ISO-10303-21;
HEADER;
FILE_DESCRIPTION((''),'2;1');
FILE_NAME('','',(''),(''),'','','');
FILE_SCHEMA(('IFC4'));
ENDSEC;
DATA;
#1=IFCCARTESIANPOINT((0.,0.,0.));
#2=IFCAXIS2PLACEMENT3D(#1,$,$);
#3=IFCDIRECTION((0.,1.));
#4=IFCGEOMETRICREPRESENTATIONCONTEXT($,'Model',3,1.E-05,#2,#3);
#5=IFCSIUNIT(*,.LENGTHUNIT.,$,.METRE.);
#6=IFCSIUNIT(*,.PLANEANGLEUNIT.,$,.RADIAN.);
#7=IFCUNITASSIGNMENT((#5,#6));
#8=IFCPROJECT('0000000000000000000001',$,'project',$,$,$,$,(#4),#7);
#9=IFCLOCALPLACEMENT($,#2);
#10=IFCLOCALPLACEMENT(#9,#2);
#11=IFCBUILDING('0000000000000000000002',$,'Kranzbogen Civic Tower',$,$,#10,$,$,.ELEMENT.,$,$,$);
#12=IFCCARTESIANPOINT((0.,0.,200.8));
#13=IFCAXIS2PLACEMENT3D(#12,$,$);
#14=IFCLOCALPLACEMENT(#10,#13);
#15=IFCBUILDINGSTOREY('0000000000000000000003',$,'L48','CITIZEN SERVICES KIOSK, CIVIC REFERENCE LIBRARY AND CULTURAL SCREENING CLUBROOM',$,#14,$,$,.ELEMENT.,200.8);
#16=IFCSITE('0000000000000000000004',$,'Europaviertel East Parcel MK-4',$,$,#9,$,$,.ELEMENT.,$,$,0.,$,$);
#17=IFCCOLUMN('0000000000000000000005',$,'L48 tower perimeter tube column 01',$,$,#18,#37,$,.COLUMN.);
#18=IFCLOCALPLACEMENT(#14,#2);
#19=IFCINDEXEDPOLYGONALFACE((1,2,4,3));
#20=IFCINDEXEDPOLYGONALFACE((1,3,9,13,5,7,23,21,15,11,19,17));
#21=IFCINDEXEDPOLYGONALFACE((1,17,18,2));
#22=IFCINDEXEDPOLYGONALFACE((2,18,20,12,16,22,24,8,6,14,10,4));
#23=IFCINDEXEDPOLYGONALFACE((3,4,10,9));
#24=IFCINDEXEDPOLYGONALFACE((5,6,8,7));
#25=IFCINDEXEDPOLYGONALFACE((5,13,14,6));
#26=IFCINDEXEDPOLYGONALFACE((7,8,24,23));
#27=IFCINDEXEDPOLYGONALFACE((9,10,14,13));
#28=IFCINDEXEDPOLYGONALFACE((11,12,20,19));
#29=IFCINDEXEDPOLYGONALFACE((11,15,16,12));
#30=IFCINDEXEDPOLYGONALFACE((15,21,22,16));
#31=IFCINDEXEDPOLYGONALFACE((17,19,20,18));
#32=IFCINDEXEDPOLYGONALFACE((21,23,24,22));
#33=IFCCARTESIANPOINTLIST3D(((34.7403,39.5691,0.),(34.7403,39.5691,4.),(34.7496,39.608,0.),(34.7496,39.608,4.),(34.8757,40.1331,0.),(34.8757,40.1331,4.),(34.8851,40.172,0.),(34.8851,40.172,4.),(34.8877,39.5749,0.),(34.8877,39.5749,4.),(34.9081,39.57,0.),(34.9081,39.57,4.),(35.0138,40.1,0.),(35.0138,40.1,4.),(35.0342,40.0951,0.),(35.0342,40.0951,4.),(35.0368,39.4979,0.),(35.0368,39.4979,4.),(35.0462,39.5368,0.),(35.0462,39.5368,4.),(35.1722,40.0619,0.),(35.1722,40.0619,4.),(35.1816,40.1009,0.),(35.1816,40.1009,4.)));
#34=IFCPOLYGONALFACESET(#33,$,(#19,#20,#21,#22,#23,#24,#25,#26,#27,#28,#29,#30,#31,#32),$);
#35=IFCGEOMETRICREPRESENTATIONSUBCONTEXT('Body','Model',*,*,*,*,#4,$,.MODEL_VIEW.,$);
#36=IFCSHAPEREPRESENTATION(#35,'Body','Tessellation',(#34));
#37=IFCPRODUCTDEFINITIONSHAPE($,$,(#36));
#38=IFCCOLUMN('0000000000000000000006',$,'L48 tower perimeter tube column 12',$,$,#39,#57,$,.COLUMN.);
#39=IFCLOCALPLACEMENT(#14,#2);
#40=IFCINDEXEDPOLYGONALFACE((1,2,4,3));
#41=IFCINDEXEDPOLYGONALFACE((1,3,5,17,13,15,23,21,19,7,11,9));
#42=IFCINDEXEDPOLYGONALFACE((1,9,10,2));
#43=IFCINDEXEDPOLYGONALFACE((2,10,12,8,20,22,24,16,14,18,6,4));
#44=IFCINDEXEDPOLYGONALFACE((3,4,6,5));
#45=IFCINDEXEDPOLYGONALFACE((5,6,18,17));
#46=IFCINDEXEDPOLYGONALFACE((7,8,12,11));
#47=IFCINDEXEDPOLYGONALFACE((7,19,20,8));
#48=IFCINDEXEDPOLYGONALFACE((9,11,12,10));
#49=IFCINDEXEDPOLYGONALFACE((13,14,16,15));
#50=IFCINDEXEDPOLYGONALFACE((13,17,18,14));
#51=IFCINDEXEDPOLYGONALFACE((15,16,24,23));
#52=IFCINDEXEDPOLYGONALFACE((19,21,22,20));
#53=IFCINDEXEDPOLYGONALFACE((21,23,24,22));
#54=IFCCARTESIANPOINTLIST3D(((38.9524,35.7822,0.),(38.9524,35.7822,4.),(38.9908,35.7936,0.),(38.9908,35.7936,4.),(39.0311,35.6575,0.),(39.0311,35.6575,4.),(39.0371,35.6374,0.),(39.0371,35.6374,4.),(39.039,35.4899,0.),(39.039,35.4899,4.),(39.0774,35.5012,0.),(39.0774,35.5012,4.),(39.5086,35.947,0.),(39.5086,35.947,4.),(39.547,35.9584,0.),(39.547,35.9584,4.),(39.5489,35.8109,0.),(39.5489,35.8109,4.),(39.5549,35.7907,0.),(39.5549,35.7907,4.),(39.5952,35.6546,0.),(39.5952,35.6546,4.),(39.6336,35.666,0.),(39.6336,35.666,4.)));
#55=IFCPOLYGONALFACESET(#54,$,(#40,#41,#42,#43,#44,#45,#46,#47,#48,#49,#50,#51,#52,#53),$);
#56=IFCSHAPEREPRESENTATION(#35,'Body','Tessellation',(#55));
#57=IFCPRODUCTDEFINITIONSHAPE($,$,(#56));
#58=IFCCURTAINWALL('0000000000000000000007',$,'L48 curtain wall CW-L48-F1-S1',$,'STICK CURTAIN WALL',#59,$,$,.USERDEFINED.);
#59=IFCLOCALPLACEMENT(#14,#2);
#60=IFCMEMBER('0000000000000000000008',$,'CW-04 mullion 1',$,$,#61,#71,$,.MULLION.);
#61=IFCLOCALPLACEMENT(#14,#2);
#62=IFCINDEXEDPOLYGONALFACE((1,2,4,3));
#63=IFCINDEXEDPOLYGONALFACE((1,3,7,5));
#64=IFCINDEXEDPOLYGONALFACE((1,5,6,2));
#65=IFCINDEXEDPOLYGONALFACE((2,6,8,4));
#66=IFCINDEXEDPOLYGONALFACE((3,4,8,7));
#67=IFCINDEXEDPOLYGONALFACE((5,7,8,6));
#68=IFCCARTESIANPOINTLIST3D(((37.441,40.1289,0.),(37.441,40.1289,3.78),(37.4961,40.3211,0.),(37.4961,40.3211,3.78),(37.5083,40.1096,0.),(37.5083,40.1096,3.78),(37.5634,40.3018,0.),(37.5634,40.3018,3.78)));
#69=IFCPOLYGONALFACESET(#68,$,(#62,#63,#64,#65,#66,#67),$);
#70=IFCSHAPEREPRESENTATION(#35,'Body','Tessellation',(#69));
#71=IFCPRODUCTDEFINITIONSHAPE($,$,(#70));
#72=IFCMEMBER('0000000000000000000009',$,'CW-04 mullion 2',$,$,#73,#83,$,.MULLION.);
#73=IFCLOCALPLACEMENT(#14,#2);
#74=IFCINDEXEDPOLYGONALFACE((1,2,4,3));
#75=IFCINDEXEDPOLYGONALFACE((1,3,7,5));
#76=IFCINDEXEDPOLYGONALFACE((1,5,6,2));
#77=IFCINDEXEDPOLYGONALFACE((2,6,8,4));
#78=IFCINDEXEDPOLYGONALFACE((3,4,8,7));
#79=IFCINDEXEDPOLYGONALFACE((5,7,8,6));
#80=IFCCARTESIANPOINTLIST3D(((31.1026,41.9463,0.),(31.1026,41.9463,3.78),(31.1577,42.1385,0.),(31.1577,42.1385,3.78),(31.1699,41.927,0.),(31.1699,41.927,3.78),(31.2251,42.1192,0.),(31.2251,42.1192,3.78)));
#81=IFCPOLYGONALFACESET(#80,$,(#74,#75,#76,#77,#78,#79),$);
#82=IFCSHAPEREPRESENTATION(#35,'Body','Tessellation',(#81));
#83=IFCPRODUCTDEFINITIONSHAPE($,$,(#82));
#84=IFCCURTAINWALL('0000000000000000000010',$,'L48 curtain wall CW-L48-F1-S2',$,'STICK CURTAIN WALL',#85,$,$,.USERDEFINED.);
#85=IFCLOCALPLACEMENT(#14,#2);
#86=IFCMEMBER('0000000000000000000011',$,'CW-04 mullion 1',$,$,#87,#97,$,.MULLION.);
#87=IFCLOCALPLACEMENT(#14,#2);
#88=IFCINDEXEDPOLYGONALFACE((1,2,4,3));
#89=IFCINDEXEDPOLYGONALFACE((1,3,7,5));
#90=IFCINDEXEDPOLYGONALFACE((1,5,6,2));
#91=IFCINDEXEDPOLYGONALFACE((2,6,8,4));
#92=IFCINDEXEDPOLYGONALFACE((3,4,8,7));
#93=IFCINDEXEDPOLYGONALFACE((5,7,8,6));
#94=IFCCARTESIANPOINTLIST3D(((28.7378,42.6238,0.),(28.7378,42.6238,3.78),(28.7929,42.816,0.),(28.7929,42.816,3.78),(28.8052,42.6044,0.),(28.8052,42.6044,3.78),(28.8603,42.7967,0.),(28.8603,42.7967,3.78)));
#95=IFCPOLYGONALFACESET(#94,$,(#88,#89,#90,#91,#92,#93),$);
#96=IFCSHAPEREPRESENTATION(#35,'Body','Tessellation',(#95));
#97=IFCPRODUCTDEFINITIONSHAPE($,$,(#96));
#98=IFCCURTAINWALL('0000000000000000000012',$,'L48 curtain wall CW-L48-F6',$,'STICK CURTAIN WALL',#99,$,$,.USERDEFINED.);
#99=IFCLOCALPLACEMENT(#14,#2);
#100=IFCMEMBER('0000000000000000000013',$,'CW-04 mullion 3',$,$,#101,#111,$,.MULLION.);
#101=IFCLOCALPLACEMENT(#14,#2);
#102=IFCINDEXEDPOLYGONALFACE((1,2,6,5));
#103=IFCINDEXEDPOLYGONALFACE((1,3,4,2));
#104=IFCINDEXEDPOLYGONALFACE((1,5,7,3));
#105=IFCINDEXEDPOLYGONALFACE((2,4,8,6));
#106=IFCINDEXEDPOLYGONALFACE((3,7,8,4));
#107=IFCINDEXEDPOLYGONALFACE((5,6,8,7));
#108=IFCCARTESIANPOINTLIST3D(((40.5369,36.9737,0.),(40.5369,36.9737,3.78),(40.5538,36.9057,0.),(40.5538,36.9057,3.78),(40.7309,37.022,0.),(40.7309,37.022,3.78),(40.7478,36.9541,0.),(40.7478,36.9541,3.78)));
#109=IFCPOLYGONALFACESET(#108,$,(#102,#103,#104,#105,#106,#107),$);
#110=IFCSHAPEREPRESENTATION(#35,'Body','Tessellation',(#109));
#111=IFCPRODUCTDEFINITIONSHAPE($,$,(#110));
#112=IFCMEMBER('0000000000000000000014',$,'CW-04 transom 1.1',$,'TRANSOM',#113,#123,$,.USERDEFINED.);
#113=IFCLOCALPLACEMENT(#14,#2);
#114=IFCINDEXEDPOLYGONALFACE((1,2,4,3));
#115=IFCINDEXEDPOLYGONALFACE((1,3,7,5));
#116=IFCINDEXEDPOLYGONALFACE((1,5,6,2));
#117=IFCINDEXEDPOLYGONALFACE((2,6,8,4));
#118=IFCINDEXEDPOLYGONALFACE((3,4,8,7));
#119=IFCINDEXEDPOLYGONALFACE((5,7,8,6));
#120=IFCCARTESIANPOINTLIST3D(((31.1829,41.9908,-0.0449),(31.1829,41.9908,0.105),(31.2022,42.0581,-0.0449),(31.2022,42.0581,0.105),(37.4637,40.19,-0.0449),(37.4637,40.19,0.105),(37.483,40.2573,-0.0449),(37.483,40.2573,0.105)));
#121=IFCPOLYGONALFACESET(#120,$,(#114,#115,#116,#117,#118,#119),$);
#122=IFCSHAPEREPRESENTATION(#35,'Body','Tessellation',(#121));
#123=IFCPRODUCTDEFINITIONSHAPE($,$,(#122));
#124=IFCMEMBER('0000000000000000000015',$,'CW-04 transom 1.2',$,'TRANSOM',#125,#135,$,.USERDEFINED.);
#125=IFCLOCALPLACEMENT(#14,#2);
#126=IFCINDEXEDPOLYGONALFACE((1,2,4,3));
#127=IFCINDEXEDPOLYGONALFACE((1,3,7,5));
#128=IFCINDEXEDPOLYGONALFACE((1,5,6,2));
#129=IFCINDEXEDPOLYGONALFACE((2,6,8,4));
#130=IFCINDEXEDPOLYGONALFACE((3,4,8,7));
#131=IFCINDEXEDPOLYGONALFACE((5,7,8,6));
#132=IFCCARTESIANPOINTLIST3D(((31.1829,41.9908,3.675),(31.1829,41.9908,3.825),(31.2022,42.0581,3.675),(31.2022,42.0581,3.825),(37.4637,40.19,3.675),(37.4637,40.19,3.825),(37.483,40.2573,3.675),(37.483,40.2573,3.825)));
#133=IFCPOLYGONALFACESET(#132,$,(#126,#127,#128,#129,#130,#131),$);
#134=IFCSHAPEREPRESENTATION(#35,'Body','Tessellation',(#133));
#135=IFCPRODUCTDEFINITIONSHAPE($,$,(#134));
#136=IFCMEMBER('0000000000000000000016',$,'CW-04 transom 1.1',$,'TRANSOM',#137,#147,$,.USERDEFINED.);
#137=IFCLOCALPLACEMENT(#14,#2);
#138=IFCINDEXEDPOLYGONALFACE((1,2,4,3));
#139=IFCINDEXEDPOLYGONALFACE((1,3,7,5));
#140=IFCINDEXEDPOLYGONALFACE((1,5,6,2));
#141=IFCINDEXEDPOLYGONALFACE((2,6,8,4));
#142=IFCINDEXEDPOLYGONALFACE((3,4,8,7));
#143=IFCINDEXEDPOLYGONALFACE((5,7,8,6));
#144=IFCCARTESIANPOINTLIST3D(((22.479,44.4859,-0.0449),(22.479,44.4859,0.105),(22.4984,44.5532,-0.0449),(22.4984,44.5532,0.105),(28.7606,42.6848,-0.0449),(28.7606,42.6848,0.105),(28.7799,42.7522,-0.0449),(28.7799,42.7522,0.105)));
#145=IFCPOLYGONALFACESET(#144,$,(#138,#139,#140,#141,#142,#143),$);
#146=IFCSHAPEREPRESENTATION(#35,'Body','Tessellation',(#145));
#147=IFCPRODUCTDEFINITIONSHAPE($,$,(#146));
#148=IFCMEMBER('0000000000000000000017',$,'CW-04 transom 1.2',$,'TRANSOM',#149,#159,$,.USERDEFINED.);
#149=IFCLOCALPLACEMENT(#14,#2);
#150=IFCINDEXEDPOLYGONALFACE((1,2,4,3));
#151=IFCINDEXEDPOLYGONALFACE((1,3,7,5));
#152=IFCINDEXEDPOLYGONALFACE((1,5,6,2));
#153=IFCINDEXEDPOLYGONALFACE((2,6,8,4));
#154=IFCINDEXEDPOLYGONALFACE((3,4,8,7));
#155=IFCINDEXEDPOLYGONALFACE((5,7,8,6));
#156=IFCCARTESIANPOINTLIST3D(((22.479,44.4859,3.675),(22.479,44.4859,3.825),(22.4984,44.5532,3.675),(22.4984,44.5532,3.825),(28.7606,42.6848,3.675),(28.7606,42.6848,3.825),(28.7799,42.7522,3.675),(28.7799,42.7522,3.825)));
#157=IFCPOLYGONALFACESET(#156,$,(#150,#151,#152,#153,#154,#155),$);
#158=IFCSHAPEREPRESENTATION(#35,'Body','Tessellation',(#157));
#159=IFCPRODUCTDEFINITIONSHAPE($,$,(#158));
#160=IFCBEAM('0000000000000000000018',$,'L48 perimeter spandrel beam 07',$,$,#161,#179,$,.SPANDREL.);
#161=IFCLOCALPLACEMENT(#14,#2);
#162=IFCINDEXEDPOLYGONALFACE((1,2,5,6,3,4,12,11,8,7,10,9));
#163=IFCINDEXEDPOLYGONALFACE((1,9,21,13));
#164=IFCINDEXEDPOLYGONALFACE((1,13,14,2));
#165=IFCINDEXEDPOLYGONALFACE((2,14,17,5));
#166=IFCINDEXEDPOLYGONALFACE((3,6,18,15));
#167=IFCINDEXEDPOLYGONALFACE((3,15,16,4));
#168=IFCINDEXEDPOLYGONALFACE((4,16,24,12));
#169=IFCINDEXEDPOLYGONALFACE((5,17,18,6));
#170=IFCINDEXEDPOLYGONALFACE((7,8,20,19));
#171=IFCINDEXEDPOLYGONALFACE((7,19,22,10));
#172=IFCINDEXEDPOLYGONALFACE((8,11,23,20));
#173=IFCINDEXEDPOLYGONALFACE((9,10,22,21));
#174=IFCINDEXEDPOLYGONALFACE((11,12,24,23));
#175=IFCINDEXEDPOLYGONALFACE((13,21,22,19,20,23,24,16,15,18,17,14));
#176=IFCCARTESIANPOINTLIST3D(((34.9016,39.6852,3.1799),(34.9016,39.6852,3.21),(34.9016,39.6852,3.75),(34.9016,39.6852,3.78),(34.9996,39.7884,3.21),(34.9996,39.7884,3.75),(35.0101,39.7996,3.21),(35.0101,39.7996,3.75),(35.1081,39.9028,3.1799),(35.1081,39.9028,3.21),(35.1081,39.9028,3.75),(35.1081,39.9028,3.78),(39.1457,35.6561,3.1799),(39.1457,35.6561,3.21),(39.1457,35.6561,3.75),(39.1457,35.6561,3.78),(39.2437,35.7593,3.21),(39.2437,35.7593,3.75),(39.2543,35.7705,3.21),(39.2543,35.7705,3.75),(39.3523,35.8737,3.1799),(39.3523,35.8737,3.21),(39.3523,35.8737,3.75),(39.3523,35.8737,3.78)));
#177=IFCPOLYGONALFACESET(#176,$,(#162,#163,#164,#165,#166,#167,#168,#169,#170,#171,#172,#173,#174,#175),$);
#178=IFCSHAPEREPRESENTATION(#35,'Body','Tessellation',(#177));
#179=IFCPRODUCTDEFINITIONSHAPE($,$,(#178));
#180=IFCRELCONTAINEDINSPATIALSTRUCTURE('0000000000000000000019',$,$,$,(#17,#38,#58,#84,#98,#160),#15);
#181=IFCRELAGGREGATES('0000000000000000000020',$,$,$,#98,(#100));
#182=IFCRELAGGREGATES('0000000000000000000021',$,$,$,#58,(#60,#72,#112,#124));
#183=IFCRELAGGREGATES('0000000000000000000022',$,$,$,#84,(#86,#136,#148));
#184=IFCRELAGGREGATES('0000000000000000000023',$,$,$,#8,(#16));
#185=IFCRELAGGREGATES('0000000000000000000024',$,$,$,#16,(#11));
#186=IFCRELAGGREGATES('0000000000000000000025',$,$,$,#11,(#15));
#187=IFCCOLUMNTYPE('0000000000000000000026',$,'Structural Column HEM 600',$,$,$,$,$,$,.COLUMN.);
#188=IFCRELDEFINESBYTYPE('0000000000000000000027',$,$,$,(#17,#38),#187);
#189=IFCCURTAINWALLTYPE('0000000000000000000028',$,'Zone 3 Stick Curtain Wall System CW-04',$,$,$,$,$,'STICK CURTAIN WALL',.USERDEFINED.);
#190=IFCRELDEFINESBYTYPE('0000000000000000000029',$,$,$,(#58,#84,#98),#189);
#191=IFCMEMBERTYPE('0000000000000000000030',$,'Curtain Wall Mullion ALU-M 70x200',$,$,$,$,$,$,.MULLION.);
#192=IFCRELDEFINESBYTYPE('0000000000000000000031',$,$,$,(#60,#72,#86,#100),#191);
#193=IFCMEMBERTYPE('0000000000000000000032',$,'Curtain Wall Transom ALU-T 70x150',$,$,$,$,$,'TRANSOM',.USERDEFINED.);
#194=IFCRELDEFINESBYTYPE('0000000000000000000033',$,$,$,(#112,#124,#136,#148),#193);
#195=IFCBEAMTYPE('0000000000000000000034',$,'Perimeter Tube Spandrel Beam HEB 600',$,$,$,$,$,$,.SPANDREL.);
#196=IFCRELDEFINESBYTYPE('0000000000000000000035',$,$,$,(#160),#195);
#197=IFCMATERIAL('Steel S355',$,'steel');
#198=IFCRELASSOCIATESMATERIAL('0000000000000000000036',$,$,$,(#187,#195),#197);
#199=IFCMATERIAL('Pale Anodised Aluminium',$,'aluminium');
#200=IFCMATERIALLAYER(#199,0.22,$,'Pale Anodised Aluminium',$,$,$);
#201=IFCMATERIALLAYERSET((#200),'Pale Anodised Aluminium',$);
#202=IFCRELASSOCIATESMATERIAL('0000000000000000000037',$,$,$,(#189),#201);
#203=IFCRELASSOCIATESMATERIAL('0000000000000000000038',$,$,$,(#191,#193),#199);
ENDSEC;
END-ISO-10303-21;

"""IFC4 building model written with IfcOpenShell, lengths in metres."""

from ifc_helpers import new_model, si_unit, direction, frame, origin, origin_2d, place, context, subcontext, project, spatial, rectangle, i_section, extrude, material, layer, layer_set, material_profile, profile_set, type_object, element, aggregate, save


model = new_model("IFC4")

# Units and contexts
model_context = context("Model", 3, precision=1e-05, world=origin(), true_north=direction((0.0, 1.0)))
body_context = subcontext(model_context, "Body", "Model", "MODEL_VIEW")
ifc_project = project(units=[si_unit("LENGTHUNIT", "METRE"), si_unit("PLANEANGLEUNIT", "RADIAN")], contexts=[model_context])

# Site, building, storey
site_placement = place(None, origin())
site = spatial("IfcSite", under=ifc_project, at=site_placement, Name="Europaviertel East Parcel MK-4", CompositionType="ELEMENT", RefElevation=0.0)
building_placement = place(site_placement, origin())
building = spatial("IfcBuilding", under=site, at=building_placement, Name="Kranzbogen Civic Tower", CompositionType="ELEMENT")
storey_placement = place(building_placement, frame((0.0, 0.0, 200.8)))
storey = spatial("IfcBuildingStorey", under=building, at=storey_placement, Name="L48", Description="CITIZEN SERVICES KIOSK, CIVIC REFERENCE LIBRARY AND CULTURAL SCREENING CLUBROOM", CompositionType="ELEMENT", Elevation=200.8)

# Columns
ifc_material_1 = material(Name="Steel S355", Category="steel")
ifc_material_profile_1 = material_profile(ifc_material_1, i_section(OverallWidth=0.3049, OverallDepth=0.6201, WebThickness=0.021, FlangeThickness=0.04, at=origin_2d()), Name="HEM 600")
ifc_profile_set_1 = profile_set([ifc_material_profile_1], Name="Steel S355")
column_type = type_object("IfcColumnType", Name="Structural Column HEM 600", PredefinedType="COLUMN", material=ifc_profile_set_1)
for number, where, z_axis, x_axis, name in (
    (1, (34.9609, 39.835, 0.0), (0.0, 0.0, 1.0), (-0.97237, 0.233445, 0.0), "L48 tower perimeter tube column 01"),
    (2, (39.293, 35.7241, 0.0), (0.0, 0.0, 1.0), (-0.284015, 0.95882, 0.0), "L48 tower perimeter tube column 12"),
):
    element("IfcColumn", number, at=place(storey_placement, frame(where, z_axis=z_axis, x_axis=x_axis)), inside=storey, type_object=column_type, Name=name, PredefinedType="COLUMN", context=body_context, shape_type="SweptSolid", body=[
        extrude(i_section(OverallWidth=0.3049, OverallDepth=0.6201, WebThickness=0.021, FlangeThickness=0.04, at=origin_2d()), origin(), (0.0, 0.0, 1.0), 4.0),
    ])

# Curtain wall, members
ifc_material_2 = material(Name="Pale Anodised Aluminium", Category="aluminium")
ifc_layer_1 = layer(ifc_material_2, 0.22, Name="Pale Anodised Aluminium")
ifc_layer_set_1 = layer_set([ifc_layer_1], Name="Pale Anodised Aluminium")
curtain_wall_type = type_object("IfcCurtainWallType", Name="Zone 3 Stick Curtain Wall System CW-04", ElementType="STICK CURTAIN WALL", PredefinedType="USERDEFINED", material=ifc_layer_set_1)
curtain_wall_1_placement = place(storey_placement, origin())
curtain_wall_1 = element("IfcCurtainWall", 3, at=curtain_wall_1_placement, inside=storey, type_object=curtain_wall_type, Name="L48 curtain wall CW-L48-F1-S1", ObjectType="STICK CURTAIN WALL", PredefinedType="USERDEFINED")
ifc_material_profile_2 = material_profile(ifc_material_2, rectangle(XDim=0.0701, YDim=0.2, at=origin_2d()), Name="ALU-M 70x200")
ifc_profile_set_2 = profile_set([ifc_material_profile_2], Name="Pale Anodised Aluminium")
member_type_1 = type_object("IfcMemberType", Name="Curtain Wall Mullion ALU-M 70x200", PredefinedType="MULLION", material=ifc_profile_set_2)
member_1_placement = place(storey_placement, frame((37.5022, 40.2153, 0.0), z_axis=(0.0, 0.0, 1.0), x_axis=(-0.961263, 0.275634, 0.0)))
member_1 = element("IfcMember", 4, at=member_1_placement, type_object=member_type_1, Name="CW-04 mullion 1", PredefinedType="MULLION", context=body_context, shape_type="SweptSolid", body=[
    extrude(rectangle(XDim=0.0701, YDim=0.2, at=origin_2d()), origin(), (0.0, 0.0, 1.0), 3.78),
])
member_2_placement = place(storey_placement, frame((31.1638, 42.0327, 0.0), z_axis=(0.0, 0.0, 1.0), x_axis=(-0.961263, 0.275634, 0.0)))
member_2 = element("IfcMember", 5, at=member_2_placement, type_object=member_type_1, Name="CW-04 mullion 2", PredefinedType="MULLION", context=body_context, shape_type="SweptSolid", body=[
    extrude(rectangle(XDim=0.0701, YDim=0.2, at=origin_2d()), origin(), (0.0, 0.0, 1.0), 3.78),
])

# Curtain walls, members
curtain_wall_2_placement = place(storey_placement, origin())
curtain_wall_2 = element("IfcCurtainWall", 6, at=curtain_wall_2_placement, inside=storey, type_object=curtain_wall_type, Name="L48 curtain wall CW-L48-F1-S2", ObjectType="STICK CURTAIN WALL", PredefinedType="USERDEFINED")
member_3_placement = place(storey_placement, frame((28.7991, 42.7102, 0.0), z_axis=(0.0, 0.0, 1.0), x_axis=(-0.961274, 0.275594, 0.0)))
member_3 = element("IfcMember", 7, at=member_3_placement, type_object=member_type_1, Name="CW-04 mullion 1", PredefinedType="MULLION", context=body_context, shape_type="SweptSolid", body=[
    extrude(rectangle(XDim=0.0701, YDim=0.2, at=origin_2d()), origin(), (0.0, 0.0, 1.0), 3.78),
])
curtain_wall_3_placement = place(storey_placement, origin())
curtain_wall_3 = element("IfcCurtainWall", 8, at=curtain_wall_3_placement, inside=storey, type_object=curtain_wall_type, Name="L48 curtain wall CW-L48-F6", ObjectType="STICK CURTAIN WALL", PredefinedType="USERDEFINED")
member_4_placement = place(storey_placement, frame((40.6423, 36.9639, 0.0), z_axis=(0.0, 0.0, 1.0), x_axis=(-0.241906, 0.9703, 0.0)))
member_4 = element("IfcMember", 9, at=member_4_placement, type_object=member_type_1, Name="CW-04 mullion 3", PredefinedType="MULLION", context=body_context, shape_type="SweptSolid", body=[
    extrude(rectangle(XDim=0.0701, YDim=0.2, at=origin_2d()), origin(), (0.0, 0.0, 1.0), 3.78),
])
aggregate(curtain_wall_3, [member_4])

# Members
ifc_material_profile_3 = material_profile(ifc_material_2, rectangle(XDim=0.0701, YDim=0.1499, at=origin_2d()), Name="ALU-T 70x150")
ifc_profile_set_3 = profile_set([ifc_material_profile_3], Name="Pale Anodised Aluminium")
member_type_2 = type_object("IfcMemberType", Name="Curtain Wall Transom ALU-T 70x150", ElementType="TRANSOM", PredefinedType="USERDEFINED", material=ifc_profile_set_3)
member_5_placement = place(storey_placement, frame((37.4734, 40.2236, 0.03), z_axis=(-0.96127, 0.275609, 0.0), x_axis=(-0.275609, -0.96127, 0.0)))
member_5 = element("IfcMember", 10, at=member_5_placement, type_object=member_type_2, Name="CW-04 transom 1.1", ObjectType="TRANSOM", PredefinedType="USERDEFINED", context=body_context, shape_type="SweptSolid", body=[
    extrude(rectangle(XDim=0.0701, YDim=0.1499, at=origin_2d()), origin(), (0.0, 0.0, 1.0), 6.5339),
])
member_6_placement = place(storey_placement, frame((37.4734, 40.2236, 3.75), z_axis=(-0.96127, 0.275609, 0.0), x_axis=(-0.275609, -0.96127, 0.0)))
member_6 = element("IfcMember", 11, at=member_6_placement, type_object=member_type_2, Name="CW-04 transom 1.2", ObjectType="TRANSOM", PredefinedType="USERDEFINED", context=body_context, shape_type="SweptSolid", body=[
    extrude(rectangle(XDim=0.0701, YDim=0.1499, at=origin_2d()), origin(), (0.0, 0.0, 1.0), 6.5339),
])
member_7_placement = place(storey_placement, frame((28.7703, 42.7185, 0.03), z_axis=(-0.961268, 0.275614, 0.0), x_axis=(-0.275614, -0.961268, 0.0)))
member_7 = element("IfcMember", 12, at=member_7_placement, type_object=member_type_2, Name="CW-04 transom 1.1", ObjectType="TRANSOM", PredefinedType="USERDEFINED", context=body_context, shape_type="SweptSolid", body=[
    extrude(rectangle(XDim=0.0701, YDim=0.1499, at=origin_2d()), origin(), (0.0, 0.0, 1.0), 6.5347),
])
member_8_placement = place(storey_placement, frame((28.7703, 42.7185, 3.75), z_axis=(-0.961268, 0.275614, 0.0), x_axis=(-0.275614, -0.961268, 0.0)))
member_8 = element("IfcMember", 13, at=member_8_placement, type_object=member_type_2, Name="CW-04 transom 1.2", ObjectType="TRANSOM", PredefinedType="USERDEFINED", context=body_context, shape_type="SweptSolid", body=[
    extrude(rectangle(XDim=0.0701, YDim=0.1499, at=origin_2d()), origin(), (0.0, 0.0, 1.0), 6.5347),
])

# Beam
ifc_material_profile_4 = material_profile(ifc_material_1, i_section(OverallWidth=0.3, OverallDepth=0.6001, WebThickness=0.0154, FlangeThickness=0.03, at=origin_2d()), Name="HEB 600")
ifc_profile_set_4 = profile_set([ifc_material_profile_4], Name="Steel S355")
beam_type_1 = type_object("IfcBeamType", Name="Perimeter Tube Spandrel Beam HEB 600", PredefinedType="SPANDREL", material=ifc_profile_set_4)
beam_1_placement = place(storey_placement, frame((39.249, 35.7649, 3.48), z_axis=(-0.725245, 0.688491, 0.0), x_axis=(-0.688491, -0.725245, 0.0)))
element("IfcBeam", 14, at=beam_1_placement, inside=storey, type_object=beam_type_1, Name="L48 perimeter spandrel beam 07", PredefinedType="SPANDREL", context=body_context, shape_type="SweptSolid", body=[
    extrude(i_section(OverallWidth=0.3, OverallDepth=0.6001, WebThickness=0.0154, FlangeThickness=0.03, at=origin_2d()), origin(), (0.0, 0.0, 1.0), 5.8521),
])

aggregate(curtain_wall_1, [member_1, member_2, member_5, member_6])
aggregate(curtain_wall_2, [member_3, member_7, member_8])

save(model, "model.ifc")
